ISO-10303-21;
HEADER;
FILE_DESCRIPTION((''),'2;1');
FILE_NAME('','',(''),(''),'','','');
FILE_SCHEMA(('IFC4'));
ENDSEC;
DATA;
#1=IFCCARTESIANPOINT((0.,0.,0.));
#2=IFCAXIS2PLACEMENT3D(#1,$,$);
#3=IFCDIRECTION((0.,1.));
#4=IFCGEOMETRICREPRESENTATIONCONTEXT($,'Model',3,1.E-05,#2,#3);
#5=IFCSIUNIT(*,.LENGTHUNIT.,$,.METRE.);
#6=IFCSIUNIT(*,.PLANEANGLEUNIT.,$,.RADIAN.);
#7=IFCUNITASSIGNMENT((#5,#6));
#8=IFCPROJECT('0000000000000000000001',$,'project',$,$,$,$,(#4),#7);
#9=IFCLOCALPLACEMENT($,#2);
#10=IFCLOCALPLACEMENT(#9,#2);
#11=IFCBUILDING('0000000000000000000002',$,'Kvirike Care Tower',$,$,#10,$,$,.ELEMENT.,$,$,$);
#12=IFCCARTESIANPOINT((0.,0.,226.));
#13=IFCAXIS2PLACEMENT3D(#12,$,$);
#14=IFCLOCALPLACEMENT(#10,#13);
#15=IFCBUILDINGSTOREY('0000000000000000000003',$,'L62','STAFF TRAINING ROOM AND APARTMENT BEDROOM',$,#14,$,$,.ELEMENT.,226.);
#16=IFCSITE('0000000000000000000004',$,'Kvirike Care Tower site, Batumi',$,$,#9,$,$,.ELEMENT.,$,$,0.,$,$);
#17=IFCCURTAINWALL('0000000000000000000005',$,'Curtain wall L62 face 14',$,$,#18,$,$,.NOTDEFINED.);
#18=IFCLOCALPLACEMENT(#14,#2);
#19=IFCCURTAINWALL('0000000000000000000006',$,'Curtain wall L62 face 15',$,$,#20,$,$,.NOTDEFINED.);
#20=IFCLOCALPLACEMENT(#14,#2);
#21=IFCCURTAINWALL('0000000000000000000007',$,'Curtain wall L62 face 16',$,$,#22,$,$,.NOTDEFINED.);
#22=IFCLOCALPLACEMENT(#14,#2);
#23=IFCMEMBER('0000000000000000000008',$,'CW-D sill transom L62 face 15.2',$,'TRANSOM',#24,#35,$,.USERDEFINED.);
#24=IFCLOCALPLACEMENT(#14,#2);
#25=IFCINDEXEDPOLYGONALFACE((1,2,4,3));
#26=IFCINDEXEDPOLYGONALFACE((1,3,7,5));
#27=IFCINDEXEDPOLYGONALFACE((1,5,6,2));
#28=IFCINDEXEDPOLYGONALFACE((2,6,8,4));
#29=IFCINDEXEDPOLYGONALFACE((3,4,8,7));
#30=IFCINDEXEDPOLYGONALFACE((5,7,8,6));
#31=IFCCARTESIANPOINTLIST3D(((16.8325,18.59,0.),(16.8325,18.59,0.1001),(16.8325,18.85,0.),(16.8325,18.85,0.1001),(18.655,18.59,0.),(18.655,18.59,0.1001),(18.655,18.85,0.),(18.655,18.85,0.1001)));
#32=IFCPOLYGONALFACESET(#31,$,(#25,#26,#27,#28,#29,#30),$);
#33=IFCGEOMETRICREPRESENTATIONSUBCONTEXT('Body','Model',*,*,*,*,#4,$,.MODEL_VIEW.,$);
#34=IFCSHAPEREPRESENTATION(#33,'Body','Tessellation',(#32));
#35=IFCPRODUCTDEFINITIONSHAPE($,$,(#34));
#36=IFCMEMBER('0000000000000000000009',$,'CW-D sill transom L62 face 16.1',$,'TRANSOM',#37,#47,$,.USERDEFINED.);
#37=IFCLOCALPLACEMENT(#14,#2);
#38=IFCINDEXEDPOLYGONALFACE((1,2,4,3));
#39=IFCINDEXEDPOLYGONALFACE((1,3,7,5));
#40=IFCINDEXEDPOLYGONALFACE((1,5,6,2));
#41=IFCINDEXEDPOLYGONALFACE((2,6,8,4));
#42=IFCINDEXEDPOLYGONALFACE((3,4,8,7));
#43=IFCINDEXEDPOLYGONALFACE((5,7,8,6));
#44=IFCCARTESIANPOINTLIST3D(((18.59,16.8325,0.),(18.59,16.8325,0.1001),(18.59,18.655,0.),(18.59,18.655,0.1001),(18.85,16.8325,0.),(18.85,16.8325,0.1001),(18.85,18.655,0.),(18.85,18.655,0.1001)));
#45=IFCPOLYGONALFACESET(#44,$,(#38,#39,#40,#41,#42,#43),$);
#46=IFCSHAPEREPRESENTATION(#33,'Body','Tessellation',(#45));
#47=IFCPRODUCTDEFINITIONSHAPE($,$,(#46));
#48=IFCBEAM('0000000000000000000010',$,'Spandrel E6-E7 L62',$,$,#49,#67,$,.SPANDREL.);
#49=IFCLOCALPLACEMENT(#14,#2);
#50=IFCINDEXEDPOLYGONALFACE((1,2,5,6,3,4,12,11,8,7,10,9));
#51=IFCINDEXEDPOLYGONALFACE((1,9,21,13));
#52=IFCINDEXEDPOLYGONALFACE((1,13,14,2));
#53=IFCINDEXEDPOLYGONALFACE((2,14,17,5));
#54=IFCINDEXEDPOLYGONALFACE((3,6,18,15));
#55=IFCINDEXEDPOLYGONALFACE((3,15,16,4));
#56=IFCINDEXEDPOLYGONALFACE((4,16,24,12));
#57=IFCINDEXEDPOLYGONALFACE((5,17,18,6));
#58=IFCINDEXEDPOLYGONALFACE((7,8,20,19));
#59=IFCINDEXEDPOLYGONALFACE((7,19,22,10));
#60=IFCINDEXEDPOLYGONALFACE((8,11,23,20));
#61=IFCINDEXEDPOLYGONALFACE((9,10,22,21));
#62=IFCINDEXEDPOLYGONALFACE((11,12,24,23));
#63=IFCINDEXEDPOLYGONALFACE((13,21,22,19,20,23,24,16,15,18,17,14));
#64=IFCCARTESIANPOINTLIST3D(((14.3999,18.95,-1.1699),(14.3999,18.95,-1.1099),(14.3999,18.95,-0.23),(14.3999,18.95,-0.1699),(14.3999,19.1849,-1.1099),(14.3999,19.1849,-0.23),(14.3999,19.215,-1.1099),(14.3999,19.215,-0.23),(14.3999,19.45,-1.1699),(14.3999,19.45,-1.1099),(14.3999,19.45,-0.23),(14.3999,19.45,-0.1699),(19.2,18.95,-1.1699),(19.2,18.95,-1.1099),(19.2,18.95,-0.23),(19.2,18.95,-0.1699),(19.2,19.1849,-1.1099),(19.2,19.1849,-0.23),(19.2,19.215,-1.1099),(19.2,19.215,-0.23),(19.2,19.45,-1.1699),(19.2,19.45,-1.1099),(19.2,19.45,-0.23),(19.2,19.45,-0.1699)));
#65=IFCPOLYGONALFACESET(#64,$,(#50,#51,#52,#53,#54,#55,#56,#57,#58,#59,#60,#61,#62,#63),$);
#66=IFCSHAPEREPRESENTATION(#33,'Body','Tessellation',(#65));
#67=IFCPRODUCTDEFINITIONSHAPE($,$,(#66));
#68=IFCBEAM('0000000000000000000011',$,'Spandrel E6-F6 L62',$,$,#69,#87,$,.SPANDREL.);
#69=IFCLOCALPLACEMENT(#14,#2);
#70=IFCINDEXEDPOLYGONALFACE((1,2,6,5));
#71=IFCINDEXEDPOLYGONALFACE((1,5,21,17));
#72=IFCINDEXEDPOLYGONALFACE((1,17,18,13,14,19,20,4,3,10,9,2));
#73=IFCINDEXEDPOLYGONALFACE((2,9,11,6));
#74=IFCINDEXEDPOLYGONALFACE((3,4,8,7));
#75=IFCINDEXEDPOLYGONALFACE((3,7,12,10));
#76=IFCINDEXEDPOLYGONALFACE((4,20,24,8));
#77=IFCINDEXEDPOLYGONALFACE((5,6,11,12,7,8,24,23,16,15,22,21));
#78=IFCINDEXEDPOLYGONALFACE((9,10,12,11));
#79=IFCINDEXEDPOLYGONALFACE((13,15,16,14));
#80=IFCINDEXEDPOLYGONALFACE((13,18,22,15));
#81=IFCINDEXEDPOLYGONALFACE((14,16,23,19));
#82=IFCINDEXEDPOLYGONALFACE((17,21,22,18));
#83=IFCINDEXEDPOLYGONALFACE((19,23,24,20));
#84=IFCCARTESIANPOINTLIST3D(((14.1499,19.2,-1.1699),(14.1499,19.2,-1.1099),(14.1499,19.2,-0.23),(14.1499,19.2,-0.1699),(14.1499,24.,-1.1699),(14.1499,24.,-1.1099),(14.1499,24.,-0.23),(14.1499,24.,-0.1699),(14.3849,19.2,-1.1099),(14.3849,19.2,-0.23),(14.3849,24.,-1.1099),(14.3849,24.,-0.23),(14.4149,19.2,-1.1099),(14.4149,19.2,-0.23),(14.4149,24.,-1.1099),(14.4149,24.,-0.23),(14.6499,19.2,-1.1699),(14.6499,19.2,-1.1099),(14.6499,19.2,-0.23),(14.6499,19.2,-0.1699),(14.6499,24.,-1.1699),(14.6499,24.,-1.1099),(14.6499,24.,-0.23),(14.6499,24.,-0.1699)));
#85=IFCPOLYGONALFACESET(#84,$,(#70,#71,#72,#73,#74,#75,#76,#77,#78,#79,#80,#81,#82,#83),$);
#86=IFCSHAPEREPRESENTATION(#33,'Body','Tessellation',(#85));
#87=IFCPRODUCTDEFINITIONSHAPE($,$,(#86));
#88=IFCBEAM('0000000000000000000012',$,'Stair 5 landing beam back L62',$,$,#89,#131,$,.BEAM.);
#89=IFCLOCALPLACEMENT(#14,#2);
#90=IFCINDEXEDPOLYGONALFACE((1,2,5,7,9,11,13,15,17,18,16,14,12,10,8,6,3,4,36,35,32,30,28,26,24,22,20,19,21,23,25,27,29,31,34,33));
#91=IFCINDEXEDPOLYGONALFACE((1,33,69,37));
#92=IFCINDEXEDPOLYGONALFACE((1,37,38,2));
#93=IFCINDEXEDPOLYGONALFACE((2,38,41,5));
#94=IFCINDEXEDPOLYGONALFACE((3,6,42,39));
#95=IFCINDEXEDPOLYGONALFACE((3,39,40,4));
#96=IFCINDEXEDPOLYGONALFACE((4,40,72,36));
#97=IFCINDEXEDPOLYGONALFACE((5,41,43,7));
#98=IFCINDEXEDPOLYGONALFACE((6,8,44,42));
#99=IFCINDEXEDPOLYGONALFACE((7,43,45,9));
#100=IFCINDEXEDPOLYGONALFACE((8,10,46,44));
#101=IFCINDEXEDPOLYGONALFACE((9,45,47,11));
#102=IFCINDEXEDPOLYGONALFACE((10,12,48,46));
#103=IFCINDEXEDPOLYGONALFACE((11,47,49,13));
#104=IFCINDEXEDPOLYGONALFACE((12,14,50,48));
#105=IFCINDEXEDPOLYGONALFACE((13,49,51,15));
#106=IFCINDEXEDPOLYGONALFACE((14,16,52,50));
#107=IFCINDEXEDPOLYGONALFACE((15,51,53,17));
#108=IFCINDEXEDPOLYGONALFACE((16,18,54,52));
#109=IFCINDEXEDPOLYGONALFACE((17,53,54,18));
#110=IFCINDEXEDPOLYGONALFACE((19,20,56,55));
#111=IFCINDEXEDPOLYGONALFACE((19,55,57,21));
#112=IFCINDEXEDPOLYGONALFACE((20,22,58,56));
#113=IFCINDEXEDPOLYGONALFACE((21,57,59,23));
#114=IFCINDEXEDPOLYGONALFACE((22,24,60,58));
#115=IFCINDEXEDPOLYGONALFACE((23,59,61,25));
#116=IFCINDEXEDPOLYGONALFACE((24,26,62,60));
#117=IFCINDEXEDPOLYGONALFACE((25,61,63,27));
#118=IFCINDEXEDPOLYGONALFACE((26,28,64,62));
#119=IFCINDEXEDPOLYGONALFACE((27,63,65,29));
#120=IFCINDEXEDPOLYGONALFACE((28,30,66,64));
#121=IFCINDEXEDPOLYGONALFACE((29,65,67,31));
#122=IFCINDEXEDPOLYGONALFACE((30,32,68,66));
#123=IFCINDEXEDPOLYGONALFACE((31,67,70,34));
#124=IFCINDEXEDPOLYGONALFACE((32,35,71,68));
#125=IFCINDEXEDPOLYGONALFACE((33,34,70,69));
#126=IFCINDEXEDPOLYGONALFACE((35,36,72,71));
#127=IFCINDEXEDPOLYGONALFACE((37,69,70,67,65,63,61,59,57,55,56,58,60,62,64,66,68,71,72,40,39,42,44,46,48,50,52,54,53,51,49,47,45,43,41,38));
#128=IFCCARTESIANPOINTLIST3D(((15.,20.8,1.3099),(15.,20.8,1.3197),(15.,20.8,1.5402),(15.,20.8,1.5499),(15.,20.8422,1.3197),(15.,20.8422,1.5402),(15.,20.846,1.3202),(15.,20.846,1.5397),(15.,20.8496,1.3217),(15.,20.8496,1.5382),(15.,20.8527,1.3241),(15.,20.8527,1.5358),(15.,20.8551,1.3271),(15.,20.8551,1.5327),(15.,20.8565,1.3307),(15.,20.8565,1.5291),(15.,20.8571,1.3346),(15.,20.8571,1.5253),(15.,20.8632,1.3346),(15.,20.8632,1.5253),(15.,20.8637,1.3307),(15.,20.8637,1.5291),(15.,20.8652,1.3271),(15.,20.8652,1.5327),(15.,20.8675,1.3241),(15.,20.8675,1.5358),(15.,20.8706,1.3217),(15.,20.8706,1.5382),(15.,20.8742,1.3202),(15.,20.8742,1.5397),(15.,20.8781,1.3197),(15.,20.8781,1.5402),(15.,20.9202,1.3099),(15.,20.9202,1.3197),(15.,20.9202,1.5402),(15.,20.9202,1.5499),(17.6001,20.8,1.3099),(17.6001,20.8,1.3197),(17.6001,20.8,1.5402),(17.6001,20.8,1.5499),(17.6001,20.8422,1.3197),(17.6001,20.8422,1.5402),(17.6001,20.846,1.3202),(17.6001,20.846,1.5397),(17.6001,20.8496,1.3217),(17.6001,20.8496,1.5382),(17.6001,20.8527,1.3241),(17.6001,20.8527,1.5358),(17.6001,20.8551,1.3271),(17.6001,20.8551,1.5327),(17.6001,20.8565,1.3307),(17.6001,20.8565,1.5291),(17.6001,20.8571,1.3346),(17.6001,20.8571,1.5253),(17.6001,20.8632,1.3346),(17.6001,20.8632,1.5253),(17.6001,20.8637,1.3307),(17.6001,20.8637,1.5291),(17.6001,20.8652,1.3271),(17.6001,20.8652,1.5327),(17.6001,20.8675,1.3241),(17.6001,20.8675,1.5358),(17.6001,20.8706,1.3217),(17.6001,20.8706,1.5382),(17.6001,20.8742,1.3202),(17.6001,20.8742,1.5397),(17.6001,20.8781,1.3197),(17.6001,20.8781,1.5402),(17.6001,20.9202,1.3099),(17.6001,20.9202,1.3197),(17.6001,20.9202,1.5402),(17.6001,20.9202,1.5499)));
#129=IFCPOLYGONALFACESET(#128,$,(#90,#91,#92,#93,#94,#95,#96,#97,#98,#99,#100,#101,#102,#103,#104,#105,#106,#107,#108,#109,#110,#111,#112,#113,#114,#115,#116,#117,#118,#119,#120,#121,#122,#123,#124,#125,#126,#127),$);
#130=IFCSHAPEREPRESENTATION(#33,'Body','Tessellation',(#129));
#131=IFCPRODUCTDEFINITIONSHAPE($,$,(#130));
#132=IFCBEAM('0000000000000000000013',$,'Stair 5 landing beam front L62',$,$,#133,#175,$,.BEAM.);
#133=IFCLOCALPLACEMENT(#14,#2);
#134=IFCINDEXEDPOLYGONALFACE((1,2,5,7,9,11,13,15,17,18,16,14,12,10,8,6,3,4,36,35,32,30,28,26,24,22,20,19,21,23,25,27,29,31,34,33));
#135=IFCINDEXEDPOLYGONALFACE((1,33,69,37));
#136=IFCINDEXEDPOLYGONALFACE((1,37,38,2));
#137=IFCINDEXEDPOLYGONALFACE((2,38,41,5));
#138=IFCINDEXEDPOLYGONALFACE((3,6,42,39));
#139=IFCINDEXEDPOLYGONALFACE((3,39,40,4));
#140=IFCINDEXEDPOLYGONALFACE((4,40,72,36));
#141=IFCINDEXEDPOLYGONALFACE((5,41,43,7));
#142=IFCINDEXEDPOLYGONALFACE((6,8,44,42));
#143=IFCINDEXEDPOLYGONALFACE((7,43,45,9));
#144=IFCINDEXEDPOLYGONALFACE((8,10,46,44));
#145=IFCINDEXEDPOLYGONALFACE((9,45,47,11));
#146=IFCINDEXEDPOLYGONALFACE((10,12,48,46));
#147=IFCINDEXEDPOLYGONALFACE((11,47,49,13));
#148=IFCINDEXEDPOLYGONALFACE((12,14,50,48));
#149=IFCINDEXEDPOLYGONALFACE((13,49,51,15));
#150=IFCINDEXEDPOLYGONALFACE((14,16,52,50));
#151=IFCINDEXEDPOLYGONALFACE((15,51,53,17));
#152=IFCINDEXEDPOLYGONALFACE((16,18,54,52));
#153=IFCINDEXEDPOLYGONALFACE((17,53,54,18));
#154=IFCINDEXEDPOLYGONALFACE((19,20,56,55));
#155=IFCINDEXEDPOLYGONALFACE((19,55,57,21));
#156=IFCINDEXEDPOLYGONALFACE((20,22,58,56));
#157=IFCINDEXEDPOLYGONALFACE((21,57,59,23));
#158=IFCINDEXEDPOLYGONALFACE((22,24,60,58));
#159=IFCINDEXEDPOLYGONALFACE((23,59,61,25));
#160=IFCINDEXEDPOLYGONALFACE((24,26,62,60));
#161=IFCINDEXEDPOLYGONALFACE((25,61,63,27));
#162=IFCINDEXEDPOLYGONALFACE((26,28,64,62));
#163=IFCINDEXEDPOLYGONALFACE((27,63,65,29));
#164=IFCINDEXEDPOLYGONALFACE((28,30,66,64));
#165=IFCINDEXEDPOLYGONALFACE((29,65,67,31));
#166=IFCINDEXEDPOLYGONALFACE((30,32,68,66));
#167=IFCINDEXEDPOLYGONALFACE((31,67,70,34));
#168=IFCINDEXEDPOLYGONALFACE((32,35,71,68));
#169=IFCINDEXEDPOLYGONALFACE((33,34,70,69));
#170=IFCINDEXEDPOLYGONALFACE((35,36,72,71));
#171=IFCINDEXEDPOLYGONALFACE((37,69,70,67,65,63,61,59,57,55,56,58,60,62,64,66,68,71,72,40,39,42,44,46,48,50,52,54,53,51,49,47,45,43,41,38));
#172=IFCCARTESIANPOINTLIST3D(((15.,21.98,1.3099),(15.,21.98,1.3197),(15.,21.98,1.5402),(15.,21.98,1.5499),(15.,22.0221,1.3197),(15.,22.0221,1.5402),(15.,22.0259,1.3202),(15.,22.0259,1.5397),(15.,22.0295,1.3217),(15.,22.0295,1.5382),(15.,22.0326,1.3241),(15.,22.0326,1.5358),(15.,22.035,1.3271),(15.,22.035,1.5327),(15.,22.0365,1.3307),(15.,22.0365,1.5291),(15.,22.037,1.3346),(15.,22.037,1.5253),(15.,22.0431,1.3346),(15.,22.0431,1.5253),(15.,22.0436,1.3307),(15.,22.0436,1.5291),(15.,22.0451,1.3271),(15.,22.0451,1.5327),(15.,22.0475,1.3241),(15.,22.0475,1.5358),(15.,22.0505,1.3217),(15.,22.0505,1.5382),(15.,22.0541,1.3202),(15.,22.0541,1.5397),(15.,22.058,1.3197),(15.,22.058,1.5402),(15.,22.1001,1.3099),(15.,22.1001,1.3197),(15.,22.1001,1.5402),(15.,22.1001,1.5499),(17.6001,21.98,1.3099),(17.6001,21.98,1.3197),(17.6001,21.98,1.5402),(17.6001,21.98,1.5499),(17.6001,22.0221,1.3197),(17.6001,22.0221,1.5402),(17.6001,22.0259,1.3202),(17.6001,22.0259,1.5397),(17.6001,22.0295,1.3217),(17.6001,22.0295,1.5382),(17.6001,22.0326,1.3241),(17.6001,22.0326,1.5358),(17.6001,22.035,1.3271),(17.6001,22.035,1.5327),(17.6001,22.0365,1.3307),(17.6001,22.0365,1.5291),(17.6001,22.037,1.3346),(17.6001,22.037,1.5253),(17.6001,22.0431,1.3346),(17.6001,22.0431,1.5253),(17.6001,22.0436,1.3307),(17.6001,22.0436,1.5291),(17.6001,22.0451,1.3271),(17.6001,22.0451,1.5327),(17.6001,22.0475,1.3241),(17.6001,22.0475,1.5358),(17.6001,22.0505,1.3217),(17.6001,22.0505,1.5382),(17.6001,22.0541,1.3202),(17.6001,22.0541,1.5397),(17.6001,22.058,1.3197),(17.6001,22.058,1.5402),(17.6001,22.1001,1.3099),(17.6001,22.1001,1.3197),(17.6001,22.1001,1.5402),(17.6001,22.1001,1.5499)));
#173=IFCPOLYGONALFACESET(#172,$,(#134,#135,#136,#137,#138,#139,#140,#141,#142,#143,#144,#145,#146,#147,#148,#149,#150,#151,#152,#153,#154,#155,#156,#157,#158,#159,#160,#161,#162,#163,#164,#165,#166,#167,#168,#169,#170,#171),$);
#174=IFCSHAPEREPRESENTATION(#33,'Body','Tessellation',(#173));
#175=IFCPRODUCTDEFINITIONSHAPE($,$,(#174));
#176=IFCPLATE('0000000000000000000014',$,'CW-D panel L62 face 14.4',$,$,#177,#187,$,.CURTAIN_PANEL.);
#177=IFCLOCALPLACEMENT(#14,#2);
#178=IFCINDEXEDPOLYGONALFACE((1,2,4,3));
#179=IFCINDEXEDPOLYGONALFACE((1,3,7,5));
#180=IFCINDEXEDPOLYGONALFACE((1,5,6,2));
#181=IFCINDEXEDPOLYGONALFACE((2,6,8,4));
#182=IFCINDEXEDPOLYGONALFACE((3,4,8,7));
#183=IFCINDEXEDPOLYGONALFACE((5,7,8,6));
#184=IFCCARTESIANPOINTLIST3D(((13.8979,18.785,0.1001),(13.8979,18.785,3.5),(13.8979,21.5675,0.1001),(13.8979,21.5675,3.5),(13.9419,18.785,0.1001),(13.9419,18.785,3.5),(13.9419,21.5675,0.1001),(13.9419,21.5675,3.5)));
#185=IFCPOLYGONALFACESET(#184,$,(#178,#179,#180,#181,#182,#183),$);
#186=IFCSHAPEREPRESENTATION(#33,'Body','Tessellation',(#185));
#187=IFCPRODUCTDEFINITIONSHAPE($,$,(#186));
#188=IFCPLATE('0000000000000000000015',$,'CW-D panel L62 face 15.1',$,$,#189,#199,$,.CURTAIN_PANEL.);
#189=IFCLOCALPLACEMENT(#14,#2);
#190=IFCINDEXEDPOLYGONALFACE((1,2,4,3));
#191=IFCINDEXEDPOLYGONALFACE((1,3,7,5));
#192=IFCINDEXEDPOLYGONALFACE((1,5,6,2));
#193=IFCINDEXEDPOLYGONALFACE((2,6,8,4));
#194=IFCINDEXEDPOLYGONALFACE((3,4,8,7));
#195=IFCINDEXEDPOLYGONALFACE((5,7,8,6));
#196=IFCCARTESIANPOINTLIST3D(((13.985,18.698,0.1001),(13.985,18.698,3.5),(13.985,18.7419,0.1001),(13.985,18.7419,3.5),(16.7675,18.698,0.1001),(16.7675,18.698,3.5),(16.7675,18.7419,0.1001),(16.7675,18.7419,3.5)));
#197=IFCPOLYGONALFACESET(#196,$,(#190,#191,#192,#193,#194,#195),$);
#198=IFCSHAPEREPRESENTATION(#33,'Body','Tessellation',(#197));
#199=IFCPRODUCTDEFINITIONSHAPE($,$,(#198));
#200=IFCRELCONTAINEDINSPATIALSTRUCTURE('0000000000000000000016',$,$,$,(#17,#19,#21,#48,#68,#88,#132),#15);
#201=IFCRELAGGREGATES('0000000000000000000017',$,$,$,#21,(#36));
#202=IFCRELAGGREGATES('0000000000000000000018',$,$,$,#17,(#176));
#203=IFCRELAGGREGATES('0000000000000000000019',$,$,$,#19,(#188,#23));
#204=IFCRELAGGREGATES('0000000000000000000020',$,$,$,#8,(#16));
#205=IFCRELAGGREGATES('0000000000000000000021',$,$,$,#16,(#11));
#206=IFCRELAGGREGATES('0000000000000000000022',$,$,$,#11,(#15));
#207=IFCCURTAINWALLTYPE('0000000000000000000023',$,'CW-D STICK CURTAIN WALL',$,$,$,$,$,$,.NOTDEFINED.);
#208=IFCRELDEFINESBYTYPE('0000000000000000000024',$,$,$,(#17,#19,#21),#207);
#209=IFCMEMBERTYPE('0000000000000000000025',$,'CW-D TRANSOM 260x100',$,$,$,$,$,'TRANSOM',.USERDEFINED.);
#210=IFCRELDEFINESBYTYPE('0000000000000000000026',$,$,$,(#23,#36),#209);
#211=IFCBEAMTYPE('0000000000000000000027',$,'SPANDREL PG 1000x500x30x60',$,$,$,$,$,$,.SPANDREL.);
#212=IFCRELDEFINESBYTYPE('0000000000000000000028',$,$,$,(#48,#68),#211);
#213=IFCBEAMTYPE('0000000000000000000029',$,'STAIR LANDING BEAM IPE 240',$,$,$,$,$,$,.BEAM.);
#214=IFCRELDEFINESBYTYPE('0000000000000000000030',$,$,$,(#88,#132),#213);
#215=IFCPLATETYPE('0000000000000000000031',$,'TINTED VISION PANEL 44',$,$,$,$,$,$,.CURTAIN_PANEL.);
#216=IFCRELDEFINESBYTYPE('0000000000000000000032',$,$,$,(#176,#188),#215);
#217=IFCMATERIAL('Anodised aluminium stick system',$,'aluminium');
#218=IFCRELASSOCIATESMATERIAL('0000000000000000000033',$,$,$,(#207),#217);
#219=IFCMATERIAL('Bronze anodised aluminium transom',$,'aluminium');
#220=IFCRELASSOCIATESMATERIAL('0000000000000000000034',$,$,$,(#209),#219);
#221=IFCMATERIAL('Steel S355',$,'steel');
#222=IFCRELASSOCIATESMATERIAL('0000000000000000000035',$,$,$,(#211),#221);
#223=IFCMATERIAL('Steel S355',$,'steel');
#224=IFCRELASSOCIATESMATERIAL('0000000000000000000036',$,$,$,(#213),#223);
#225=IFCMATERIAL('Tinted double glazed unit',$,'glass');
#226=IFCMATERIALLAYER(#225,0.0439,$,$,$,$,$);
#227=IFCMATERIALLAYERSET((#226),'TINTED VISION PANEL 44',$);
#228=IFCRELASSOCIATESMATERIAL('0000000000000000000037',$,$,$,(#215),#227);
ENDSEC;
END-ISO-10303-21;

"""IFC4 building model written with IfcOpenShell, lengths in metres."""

from ifc_helpers import new_model, si_unit, direction, frame, origin, origin_2d, place, context, subcontext, project, spatial, rectangle, i_section, extrude, material, layer, layer_set, material_profile, profile_set, type_object, element, aggregate, save


model = new_model("IFC4")

# Units and contexts
model_context = context("Model", 3, precision=1e-05, world=origin(), true_north=direction((0.0, 1.0)))
body_context = subcontext(model_context, "Body", "Model", "MODEL_VIEW")
ifc_project = project(units=[si_unit("LENGTHUNIT", "METRE"), si_unit("PLANEANGLEUNIT", "RADIAN")], contexts=[model_context])

# Site, building, storey
site_placement = place(None, origin())
site = spatial("IfcSite", under=ifc_project, at=site_placement, Name="Kvirike Care Tower site, Batumi", CompositionType="ELEMENT", RefElevation=0.0)
building_placement = place(site_placement, origin())
building = spatial("IfcBuilding", under=site, at=building_placement, Name="Kvirike Care Tower", CompositionType="ELEMENT")
storey_placement = place(building_placement, frame((0.0, 0.0, 226.0)))
storey = spatial("IfcBuildingStorey", under=building, at=storey_placement, Name="L62", Description="STAFF TRAINING ROOM AND APARTMENT BEDROOM", CompositionType="ELEMENT", Elevation=226.0)

# Curtain walls
ifc_material_1 = material(Name="Anodised aluminium stick system", Category="aluminium")
curtain_wall_type = type_object("IfcCurtainWallType", Name="CW-D STICK CURTAIN WALL", PredefinedType="NOTDEFINED", material=ifc_material_1)
curtain_wall_1_placement = place(storey_placement, origin())
curtain_wall_1 = element("IfcCurtainWall", 1, at=curtain_wall_1_placement, inside=storey, type_object=curtain_wall_type, Name="Curtain wall L62 face 14", PredefinedType="NOTDEFINED")
curtain_wall_2_placement = place(storey_placement, origin())
curtain_wall_2 = element("IfcCurtainWall", 2, at=curtain_wall_2_placement, inside=storey, type_object=curtain_wall_type, Name="Curtain wall L62 face 15", PredefinedType="NOTDEFINED")

# Curtain wall
curtain_wall_3_placement = place(storey_placement, origin())
curtain_wall_3 = element("IfcCurtainWall", 3, at=curtain_wall_3_placement, inside=storey, type_object=curtain_wall_type, Name="Curtain wall L62 face 16", PredefinedType="NOTDEFINED")

# Members
ifc_material_2 = material(Name="Bronze anodised aluminium transom", Category="aluminium")
ifc_material_profile_1 = material_profile(ifc_material_2, rectangle(XDim=0.26, YDim=0.1001, at=origin_2d()), Name="CW-D TRANSOM 260x100")
ifc_profile_set_1 = profile_set([ifc_material_profile_1], Name="Bronze anodised aluminium transom")
member_type_1 = type_object("IfcMemberType", Name="CW-D TRANSOM 260x100", ElementType="TRANSOM", PredefinedType="USERDEFINED", material=ifc_profile_set_1)
member_1_placement = place(storey_placement, frame((16.8325, 18.72, 0.05), z_axis=(1.0, 0.0, 0.0), x_axis=(0.0, 1.0, 0.0)))
member_1 = element("IfcMember", 4, at=member_1_placement, type_object=member_type_1, Name="CW-D sill transom L62 face 15.2", ObjectType="TRANSOM", PredefinedType="USERDEFINED", context=body_context, shape_type="SweptSolid", body=[
    extrude(rectangle(XDim=0.26, YDim=0.1001, at=origin_2d()), origin(), (0.0, 0.0, 1.0), 1.8225),
])
member_2_placement = place(storey_placement, frame((18.72, 18.655, 0.05), z_axis=(0.0, -1.0, 0.0), x_axis=(1.0, 0.0, 0.0)))
member_2 = element("IfcMember", 5, at=member_2_placement, type_object=member_type_1, Name="CW-D sill transom L62 face 16.1", ObjectType="TRANSOM", PredefinedType="USERDEFINED", context=body_context, shape_type="SweptSolid", body=[
    extrude(rectangle(XDim=0.26, YDim=0.1001, at=origin_2d()), origin(), (0.0, 0.0, 1.0), 1.8225),
])
aggregate(curtain_wall_3, [member_2])

# Beams
ifc_material_3 = material(Name="Steel S355", Category="steel")
ifc_material_profile_2 = material_profile(ifc_material_3, i_section(OverallWidth=0.5, OverallDepth=1.0, WebThickness=0.03, FlangeThickness=0.0601, at=origin_2d()), Name="PG 1000x500x30x60")
ifc_profile_set_2 = profile_set([ifc_material_profile_2], Name="Steel S355")
beam_type_1 = type_object("IfcBeamType", Name="SPANDREL PG 1000x500x30x60", PredefinedType="SPANDREL", material=ifc_profile_set_2)
for number, where, z_axis, x_axis, name in (
    (6, (14.3999, 19.2, -0.6699), (1.0, 0.0, 0.0), (0.0, 1.0, 0.0), "Spandrel E6-E7 L62"),
    (7, (14.3999, 19.2, -0.6699), (0.0, 1.0, 0.0), (-1.0, 0.0, 0.0), "Spandrel E6-F6 L62"),
):
    element("IfcBeam", number, at=place(storey_placement, frame(where, z_axis=z_axis, x_axis=x_axis)), inside=storey, type_object=beam_type_1, Name=name, PredefinedType="SPANDREL", context=body_context, shape_type="SweptSolid", body=[
        extrude(i_section(OverallWidth=0.5, OverallDepth=1.0, WebThickness=0.03, FlangeThickness=0.0601, at=origin_2d()), origin(), (0.0, 0.0, 1.0), 4.8),
    ])
ifc_material_4 = material(Name="Steel S355", Category="steel")
ifc_material_profile_3 = material_profile(ifc_material_4, i_section(OverallWidth=0.1201, OverallDepth=0.24, WebThickness=0.0061, FlangeThickness=0.0098, FilletRadius=0.0149, at=origin_2d()), Name="IPE 240")
ifc_profile_set_3 = profile_set([ifc_material_profile_3], Name="Steel S355")
beam_type_2 = type_object("IfcBeamType", Name="STAIR LANDING BEAM IPE 240", PredefinedType="BEAM", material=ifc_profile_set_3)
for number, where, z_axis, x_axis, name in (
    (8, (15.0, 20.8601, 1.4299), (1.0, 0.0, 0.0), (0.0, 1.0, 0.0), "Stair 5 landing beam back L62"),
    (9, (15.0, 22.04, 1.4299), (1.0, 0.0, 0.0), (0.0, 1.0, 0.0), "Stair 5 landing beam front L62"),
):
    element("IfcBeam", number, at=place(storey_placement, frame(where, z_axis=z_axis, x_axis=x_axis)), inside=storey, type_object=beam_type_2, Name=name, PredefinedType="BEAM", context=body_context, shape_type="SweptSolid", body=[
        extrude(i_section(OverallWidth=0.1201, OverallDepth=0.24, WebThickness=0.0061, FlangeThickness=0.0098, FilletRadius=0.0149, at=origin_2d()), origin(), (0.0, 0.0, 1.0), 2.6001),
    ])

# Plates
ifc_material_5 = material(Name="Tinted double glazed unit", Category="glass")
ifc_layer_1 = layer(ifc_material_5, 0.0439)
ifc_layer_set_1 = layer_set([ifc_layer_1], Name="TINTED VISION PANEL 44")
plate_type = type_object("IfcPlateType", Name="TINTED VISION PANEL 44", PredefinedType="CURTAIN_PANEL", material=ifc_layer_set_1)
plate_1_placement = place(storey_placement, frame((13.9199, 20.1763, 0.1001), z_axis=(0.0, 0.0, 1.0), x_axis=(0.0, -1.0, 0.0)))
plate_1 = element("IfcPlate", 10, at=plate_1_placement, type_object=plate_type, Name="CW-D panel L62 face 14.4", PredefinedType="CURTAIN_PANEL", context=body_context, shape_type="SweptSolid", body=[
    extrude(rectangle(XDim=2.7825, YDim=0.0439, at=origin_2d()), origin(), (0.0, 0.0, 1.0), 3.3999),
])
aggregate(curtain_wall_1, [plate_1])
plate_2_placement = place(storey_placement, frame((15.3762, 18.72, 0.1001), z_axis=(0.0, 0.0, 1.0), x_axis=(1.0, 0.0, 0.0)))
plate_2 = element("IfcPlate", 11, at=plate_2_placement, type_object=plate_type, Name="CW-D panel L62 face 15.1", PredefinedType="CURTAIN_PANEL", context=body_context, shape_type="SweptSolid", body=[
    extrude(rectangle(XDim=2.7825, YDim=0.0439, at=origin_2d()), origin(), (0.0, 0.0, 1.0), 3.3999),
])
aggregate(curtain_wall_2, [plate_2, member_1])

save(model, "model.ifc")
